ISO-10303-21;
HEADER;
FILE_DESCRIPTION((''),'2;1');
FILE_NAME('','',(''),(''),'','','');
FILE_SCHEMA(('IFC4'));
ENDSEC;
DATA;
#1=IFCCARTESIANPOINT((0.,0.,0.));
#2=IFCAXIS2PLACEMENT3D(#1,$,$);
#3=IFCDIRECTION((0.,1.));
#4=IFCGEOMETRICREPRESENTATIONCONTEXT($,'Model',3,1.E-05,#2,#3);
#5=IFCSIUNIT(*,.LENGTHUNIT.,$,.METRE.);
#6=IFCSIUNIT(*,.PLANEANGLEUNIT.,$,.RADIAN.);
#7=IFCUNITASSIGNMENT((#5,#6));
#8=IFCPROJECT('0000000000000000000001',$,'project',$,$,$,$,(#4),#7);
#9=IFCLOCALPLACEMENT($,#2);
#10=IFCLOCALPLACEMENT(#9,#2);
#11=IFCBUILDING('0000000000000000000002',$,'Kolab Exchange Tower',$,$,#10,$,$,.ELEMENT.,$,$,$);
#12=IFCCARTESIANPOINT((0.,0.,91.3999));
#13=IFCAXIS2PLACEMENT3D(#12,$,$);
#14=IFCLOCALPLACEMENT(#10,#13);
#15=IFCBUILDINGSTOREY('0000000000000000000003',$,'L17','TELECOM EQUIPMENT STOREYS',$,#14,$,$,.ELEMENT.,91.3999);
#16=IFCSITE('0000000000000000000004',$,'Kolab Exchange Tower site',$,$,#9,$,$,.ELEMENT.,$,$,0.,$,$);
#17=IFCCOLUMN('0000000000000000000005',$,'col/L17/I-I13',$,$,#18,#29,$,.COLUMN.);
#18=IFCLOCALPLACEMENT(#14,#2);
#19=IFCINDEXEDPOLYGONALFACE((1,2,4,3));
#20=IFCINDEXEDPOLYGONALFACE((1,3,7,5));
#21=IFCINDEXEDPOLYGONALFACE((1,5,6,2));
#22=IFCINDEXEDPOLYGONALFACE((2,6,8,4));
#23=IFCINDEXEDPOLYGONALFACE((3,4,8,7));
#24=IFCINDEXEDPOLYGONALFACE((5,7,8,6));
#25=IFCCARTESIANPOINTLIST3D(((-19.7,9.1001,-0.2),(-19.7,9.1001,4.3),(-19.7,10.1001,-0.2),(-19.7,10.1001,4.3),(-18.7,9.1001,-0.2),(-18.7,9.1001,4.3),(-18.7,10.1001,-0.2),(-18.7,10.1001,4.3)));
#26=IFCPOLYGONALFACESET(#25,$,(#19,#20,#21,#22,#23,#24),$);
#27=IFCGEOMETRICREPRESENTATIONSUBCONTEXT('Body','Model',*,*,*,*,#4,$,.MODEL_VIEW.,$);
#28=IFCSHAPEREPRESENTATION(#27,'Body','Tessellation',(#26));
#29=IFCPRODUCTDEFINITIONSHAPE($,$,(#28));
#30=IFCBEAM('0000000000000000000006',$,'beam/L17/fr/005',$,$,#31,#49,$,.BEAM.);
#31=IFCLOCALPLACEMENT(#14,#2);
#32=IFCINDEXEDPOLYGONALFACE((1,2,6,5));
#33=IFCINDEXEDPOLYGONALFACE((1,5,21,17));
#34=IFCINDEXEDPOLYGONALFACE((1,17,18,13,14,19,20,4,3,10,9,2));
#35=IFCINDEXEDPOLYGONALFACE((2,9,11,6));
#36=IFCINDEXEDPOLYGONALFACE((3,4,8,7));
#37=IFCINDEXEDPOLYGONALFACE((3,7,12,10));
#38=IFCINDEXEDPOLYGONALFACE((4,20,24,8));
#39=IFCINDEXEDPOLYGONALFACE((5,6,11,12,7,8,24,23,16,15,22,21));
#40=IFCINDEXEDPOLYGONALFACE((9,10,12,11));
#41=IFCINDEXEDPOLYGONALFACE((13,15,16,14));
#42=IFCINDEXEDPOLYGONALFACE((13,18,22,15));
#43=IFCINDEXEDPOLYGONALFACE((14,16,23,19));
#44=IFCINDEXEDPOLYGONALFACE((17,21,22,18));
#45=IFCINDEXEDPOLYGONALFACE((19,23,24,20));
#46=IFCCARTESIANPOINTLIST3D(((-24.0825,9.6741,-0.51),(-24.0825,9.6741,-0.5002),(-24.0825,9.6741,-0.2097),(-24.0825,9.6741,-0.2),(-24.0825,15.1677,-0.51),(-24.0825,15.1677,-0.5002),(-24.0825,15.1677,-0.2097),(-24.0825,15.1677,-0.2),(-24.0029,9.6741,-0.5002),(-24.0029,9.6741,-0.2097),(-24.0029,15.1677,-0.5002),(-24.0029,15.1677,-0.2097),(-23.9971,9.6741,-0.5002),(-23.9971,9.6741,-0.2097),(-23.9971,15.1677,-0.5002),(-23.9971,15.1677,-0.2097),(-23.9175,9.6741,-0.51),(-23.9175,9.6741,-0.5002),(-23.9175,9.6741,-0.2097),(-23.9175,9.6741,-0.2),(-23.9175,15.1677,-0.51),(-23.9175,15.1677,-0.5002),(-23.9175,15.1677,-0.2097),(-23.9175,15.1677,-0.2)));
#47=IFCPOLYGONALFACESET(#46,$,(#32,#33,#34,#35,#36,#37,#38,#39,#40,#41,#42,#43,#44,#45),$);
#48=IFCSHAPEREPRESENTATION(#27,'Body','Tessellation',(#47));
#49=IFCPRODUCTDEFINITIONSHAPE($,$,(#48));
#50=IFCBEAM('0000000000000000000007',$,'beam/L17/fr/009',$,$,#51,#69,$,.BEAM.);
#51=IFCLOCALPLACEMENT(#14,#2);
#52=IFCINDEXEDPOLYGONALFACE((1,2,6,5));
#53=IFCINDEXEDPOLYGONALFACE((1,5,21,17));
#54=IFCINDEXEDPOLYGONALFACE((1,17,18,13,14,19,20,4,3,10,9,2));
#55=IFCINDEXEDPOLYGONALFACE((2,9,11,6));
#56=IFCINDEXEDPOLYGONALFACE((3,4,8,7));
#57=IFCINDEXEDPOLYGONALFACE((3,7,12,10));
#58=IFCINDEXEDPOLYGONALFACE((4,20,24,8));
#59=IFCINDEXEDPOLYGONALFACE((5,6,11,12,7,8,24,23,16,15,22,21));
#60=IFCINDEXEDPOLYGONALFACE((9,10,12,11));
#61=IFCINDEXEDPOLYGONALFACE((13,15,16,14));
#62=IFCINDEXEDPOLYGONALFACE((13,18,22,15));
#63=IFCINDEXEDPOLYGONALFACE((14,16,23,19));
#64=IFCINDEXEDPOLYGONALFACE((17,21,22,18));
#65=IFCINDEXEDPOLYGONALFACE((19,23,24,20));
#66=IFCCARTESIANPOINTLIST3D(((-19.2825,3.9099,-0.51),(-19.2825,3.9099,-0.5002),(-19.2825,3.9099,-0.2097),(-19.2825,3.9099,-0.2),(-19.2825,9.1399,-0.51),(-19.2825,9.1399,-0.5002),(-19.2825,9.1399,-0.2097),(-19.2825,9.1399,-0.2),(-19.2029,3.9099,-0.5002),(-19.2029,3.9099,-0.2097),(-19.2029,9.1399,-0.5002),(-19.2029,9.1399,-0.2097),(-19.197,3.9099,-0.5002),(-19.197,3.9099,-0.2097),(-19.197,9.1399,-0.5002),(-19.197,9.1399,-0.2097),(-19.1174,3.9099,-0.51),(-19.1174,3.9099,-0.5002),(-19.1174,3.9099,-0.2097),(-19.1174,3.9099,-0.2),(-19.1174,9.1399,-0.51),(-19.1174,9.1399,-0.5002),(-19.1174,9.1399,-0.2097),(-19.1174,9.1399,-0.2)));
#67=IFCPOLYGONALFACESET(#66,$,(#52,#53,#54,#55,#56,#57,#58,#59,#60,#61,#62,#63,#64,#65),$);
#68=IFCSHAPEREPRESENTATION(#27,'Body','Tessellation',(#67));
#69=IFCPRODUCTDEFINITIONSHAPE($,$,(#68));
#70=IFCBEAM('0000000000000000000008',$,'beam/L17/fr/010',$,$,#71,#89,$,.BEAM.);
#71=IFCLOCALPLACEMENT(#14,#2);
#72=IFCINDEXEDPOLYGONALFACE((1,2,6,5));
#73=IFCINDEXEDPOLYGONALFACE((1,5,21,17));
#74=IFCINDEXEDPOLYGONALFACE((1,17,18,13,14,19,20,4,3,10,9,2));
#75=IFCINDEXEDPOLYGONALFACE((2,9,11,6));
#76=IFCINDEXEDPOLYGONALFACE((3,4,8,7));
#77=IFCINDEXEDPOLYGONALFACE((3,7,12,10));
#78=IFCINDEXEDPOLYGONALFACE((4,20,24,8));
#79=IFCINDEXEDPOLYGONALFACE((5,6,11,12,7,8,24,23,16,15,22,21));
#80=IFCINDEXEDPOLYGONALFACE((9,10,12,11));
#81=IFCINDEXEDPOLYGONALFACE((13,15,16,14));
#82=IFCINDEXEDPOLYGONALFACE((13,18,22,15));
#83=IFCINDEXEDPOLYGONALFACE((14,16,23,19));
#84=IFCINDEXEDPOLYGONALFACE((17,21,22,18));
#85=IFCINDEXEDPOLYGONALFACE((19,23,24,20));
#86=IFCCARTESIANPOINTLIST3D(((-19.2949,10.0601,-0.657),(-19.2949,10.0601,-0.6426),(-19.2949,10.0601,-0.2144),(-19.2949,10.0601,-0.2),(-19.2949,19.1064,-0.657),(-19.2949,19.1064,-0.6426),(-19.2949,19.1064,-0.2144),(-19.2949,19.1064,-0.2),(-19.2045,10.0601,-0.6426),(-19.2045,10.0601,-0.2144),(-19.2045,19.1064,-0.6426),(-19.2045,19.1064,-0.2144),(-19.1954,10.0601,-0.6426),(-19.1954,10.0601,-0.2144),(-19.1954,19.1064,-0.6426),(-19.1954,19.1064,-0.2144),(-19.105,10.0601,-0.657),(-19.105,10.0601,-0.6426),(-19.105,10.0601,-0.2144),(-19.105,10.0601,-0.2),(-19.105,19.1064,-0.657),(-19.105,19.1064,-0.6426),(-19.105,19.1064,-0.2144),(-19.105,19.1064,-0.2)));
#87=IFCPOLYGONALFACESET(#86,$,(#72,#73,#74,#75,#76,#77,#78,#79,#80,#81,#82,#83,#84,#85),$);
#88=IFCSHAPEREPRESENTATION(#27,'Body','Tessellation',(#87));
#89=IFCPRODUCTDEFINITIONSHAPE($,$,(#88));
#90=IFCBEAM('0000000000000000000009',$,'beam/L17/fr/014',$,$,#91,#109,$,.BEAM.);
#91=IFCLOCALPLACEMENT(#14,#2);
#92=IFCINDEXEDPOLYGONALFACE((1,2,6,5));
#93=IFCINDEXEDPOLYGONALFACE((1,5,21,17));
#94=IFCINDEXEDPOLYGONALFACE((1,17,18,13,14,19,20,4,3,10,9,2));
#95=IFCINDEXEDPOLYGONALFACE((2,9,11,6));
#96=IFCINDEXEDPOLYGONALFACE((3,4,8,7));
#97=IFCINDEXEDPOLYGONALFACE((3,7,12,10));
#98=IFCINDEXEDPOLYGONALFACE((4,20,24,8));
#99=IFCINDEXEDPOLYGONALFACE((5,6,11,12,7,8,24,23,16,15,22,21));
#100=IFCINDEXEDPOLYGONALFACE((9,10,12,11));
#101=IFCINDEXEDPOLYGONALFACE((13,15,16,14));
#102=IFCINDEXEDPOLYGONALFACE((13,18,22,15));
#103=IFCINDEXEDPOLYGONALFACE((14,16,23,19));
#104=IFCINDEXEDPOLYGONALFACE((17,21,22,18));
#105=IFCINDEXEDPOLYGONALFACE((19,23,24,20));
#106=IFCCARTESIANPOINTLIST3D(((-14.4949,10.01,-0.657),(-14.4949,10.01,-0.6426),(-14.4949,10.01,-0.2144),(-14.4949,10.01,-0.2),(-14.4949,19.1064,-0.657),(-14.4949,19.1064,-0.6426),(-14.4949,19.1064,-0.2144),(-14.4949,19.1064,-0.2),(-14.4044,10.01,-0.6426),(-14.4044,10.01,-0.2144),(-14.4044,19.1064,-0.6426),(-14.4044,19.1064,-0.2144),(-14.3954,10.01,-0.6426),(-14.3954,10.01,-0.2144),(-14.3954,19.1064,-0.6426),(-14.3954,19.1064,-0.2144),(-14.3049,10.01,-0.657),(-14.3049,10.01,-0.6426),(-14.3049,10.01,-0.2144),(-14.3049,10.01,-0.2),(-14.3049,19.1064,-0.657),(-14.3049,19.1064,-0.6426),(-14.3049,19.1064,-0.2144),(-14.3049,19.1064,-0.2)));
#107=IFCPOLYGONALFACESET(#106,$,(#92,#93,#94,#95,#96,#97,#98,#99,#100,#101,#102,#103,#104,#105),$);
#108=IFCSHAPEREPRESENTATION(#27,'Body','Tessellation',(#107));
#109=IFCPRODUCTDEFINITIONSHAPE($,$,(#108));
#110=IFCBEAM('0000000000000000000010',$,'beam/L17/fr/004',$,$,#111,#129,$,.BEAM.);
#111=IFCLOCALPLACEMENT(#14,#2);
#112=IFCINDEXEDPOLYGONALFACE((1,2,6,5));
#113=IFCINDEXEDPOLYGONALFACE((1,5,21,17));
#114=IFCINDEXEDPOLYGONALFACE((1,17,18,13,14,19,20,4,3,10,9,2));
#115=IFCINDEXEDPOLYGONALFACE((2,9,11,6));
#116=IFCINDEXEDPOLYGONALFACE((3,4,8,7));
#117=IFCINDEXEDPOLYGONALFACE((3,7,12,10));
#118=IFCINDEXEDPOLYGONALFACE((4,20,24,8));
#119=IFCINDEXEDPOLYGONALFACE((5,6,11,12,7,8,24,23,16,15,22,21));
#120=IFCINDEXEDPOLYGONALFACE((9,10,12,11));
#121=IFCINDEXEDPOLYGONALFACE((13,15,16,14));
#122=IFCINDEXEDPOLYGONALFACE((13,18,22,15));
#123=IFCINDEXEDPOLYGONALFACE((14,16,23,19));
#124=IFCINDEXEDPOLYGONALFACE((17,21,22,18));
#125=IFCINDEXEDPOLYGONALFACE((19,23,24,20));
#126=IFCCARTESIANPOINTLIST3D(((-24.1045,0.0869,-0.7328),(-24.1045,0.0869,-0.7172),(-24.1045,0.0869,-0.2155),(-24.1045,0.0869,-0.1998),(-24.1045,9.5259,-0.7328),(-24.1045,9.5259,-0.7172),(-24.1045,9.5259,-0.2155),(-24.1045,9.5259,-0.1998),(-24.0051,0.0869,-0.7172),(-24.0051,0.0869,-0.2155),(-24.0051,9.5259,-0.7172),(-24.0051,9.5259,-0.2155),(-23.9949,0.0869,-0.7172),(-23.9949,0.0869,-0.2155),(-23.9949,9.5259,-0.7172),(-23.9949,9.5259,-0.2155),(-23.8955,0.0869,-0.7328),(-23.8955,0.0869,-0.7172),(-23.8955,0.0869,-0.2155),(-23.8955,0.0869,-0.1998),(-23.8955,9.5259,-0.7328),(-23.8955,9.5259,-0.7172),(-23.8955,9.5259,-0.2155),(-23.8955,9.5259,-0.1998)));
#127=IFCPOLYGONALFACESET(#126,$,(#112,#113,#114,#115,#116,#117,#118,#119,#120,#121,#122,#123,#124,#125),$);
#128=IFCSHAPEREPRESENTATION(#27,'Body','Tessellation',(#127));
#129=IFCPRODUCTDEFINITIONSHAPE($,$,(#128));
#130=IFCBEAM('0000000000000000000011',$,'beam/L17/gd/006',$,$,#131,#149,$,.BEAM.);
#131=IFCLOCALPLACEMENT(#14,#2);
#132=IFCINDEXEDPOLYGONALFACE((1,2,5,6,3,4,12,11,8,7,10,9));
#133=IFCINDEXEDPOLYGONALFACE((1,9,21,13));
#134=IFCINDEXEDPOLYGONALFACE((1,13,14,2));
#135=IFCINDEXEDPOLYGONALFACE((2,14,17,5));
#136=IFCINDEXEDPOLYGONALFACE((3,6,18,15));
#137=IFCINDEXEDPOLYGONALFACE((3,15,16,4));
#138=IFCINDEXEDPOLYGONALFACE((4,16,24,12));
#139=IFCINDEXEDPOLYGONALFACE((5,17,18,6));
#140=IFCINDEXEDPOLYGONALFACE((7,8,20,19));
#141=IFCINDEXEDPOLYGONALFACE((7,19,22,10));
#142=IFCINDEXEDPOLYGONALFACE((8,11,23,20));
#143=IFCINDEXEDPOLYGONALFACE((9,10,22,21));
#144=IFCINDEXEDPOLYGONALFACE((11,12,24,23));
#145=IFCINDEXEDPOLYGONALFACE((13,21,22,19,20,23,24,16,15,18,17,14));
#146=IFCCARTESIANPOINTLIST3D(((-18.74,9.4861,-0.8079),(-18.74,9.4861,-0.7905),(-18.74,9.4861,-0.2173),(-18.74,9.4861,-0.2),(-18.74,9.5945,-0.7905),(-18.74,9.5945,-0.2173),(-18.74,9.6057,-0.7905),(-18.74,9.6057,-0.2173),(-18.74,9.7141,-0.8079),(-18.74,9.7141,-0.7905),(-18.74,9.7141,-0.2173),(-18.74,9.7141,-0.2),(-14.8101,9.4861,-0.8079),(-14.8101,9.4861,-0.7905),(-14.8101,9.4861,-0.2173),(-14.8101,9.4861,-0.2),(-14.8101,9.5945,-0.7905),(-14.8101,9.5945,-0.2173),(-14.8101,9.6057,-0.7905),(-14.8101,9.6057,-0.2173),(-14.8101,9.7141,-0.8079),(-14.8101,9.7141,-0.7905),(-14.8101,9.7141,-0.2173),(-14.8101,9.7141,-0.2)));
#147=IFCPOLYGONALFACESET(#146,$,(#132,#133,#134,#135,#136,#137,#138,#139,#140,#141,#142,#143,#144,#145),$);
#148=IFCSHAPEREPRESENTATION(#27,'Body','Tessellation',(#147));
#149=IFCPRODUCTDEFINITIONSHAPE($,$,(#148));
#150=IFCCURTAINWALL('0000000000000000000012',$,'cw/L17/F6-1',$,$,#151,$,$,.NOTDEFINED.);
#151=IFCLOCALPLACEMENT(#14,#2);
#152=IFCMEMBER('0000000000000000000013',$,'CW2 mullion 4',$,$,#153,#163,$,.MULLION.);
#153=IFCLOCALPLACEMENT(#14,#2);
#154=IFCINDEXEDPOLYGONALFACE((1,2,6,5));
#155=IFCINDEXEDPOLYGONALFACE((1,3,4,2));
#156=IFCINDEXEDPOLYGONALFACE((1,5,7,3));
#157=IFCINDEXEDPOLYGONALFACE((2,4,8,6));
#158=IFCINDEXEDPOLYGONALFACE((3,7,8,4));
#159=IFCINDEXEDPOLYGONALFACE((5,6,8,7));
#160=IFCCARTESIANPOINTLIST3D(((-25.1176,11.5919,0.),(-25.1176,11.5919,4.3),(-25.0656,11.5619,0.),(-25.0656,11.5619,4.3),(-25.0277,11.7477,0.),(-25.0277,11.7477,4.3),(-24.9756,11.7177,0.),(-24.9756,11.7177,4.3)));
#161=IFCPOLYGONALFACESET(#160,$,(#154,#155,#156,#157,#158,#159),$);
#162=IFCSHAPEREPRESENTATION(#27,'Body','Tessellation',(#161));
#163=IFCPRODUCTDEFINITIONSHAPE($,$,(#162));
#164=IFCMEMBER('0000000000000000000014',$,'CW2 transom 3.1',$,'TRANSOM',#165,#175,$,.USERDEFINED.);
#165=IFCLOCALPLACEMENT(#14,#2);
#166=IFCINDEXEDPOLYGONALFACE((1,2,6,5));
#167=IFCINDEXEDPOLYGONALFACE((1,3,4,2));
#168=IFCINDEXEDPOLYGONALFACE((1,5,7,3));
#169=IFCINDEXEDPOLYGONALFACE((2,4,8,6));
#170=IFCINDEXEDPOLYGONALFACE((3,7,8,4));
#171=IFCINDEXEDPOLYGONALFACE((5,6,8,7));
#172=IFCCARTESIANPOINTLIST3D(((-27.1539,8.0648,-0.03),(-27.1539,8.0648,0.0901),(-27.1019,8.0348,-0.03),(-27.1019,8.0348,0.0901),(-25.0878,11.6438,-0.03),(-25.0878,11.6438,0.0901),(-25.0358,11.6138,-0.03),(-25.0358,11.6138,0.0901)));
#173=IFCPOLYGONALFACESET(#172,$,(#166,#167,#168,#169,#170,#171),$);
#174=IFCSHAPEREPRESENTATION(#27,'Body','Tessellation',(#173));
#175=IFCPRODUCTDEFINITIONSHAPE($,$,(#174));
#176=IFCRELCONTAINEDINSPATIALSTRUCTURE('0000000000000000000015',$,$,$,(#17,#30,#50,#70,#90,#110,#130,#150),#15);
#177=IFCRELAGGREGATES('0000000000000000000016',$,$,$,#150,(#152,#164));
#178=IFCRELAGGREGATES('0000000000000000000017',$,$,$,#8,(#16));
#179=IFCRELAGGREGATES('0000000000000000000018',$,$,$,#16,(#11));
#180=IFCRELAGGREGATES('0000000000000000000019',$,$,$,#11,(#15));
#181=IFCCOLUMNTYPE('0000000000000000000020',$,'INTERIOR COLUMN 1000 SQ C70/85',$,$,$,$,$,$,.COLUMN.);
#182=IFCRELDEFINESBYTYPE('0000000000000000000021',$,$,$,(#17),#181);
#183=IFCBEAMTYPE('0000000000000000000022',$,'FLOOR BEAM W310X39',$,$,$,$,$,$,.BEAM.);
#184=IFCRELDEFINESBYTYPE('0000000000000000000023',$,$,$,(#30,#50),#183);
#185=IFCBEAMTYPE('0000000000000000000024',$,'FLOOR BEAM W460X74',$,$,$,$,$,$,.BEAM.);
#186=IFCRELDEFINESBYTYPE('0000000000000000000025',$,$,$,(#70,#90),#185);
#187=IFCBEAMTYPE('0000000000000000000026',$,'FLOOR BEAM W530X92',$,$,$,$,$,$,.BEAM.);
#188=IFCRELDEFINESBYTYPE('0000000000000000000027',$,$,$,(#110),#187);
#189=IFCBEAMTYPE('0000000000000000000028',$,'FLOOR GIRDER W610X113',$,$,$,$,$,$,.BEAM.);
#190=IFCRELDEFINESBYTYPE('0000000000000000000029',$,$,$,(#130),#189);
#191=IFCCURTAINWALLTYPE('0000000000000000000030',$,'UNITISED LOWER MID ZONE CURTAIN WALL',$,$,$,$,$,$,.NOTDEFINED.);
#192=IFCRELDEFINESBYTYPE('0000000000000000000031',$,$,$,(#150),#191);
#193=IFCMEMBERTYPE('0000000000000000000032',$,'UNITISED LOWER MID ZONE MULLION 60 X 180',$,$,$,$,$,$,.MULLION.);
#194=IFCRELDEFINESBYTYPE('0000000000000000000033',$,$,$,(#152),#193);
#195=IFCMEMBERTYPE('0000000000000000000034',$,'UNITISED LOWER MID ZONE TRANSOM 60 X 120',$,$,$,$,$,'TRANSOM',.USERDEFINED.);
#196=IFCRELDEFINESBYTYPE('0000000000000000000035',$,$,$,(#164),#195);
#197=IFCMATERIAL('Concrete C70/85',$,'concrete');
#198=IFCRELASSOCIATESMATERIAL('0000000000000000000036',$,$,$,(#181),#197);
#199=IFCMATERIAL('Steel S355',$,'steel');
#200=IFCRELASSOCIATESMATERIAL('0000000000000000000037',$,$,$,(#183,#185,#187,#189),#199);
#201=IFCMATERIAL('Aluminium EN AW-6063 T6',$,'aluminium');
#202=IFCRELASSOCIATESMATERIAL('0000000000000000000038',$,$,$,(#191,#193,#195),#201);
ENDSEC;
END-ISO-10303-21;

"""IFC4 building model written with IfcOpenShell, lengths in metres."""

from ifc_helpers import new_model, si_unit, direction, frame, origin, origin_2d, place, context, subcontext, project, spatial, rectangle, i_section, extrude, material, material_profile, profile_set, type_object, element, aggregate, save


model = new_model("IFC4")

# Units and contexts
model_context = context("Model", 3, precision=1e-05, world=origin(), true_north=direction((0.0, 1.0)))
body_context = subcontext(model_context, "Body", "Model", "MODEL_VIEW")
ifc_project = project(units=[si_unit("LENGTHUNIT", "METRE"), si_unit("PLANEANGLEUNIT", "RADIAN")], contexts=[model_context])

# Site, building, storey
site_placement = place(None, origin())
site = spatial("IfcSite", under=ifc_project, at=site_placement, Name="Kolab Exchange Tower site", CompositionType="ELEMENT", RefElevation=0.0)
building_placement = place(site_placement, origin())
building = spatial("IfcBuilding", under=site, at=building_placement, Name="Kolab Exchange Tower", CompositionType="ELEMENT")
storey_placement = place(building_placement, frame((0.0, 0.0, 91.3999)))
storey = spatial("IfcBuildingStorey", under=building, at=storey_placement, Name="L17", Description="TELECOM EQUIPMENT STOREYS", CompositionType="ELEMENT", Elevation=91.3999)

# Column
ifc_material_1 = material(Name="Concrete C70/85", Category="concrete")
ifc_material_profile_1 = material_profile(ifc_material_1, rectangle(XDim=1.0, YDim=1.0, at=origin_2d()), Name="RC1000")
ifc_profile_set_1 = profile_set([ifc_material_profile_1], Name="Concrete C70/85")
column_type = type_object("IfcColumnType", Name="INTERIOR COLUMN 1000 SQ C70/85", PredefinedType="COLUMN", material=ifc_profile_set_1)
column_placement = place(storey_placement, frame((-19.2, 9.6001, -0.2), z_axis=(0.0, 0.0, 1.0), x_axis=(1.0, 0.0, 0.0)))
element("IfcColumn", 1, at=column_placement, inside=storey, type_object=column_type, Name="col/L17/I-I13", PredefinedType="COLUMN", context=body_context, shape_type="SweptSolid", body=[
    extrude(rectangle(XDim=1.0, YDim=1.0, at=origin_2d()), origin(), (0.0, 0.0, 1.0), 4.5),
])

# Beams
ifc_material_2 = material(Name="Steel S355", Category="steel")
ifc_material_profile_2 = material_profile(ifc_material_2, i_section(OverallWidth=0.165, OverallDepth=0.3101, WebThickness=0.0059, FlangeThickness=0.0098, at=origin_2d()), Name="W310X39")
ifc_profile_set_2 = profile_set([ifc_material_profile_2], Name="Steel S355")
beam_type_1 = type_object("IfcBeamType", Name="FLOOR BEAM W310X39", PredefinedType="BEAM", material=ifc_profile_set_2)
beam_1_placement = place(storey_placement, frame((-24.0, 9.6741, -0.355), z_axis=(0.0, 1.0, 0.0), x_axis=(-1.0, 0.0, 0.0)))
element("IfcBeam", 2, at=beam_1_placement, inside=storey, type_object=beam_type_1, Name="beam/L17/fr/005", PredefinedType="BEAM", context=body_context, shape_type="SweptSolid", body=[
    extrude(i_section(OverallWidth=0.165, OverallDepth=0.3101, WebThickness=0.0059, FlangeThickness=0.0098, at=origin_2d()), origin(), (0.0, 0.0, 1.0), 5.4937),
])
beam_2_placement = place(storey_placement, frame((-19.2, 3.9099, -0.355), z_axis=(0.0, 1.0, 0.0), x_axis=(-1.0, 0.0, 0.0)))
element("IfcBeam", 3, at=beam_2_placement, inside=storey, type_object=beam_type_1, Name="beam/L17/fr/009", PredefinedType="BEAM", context=body_context, shape_type="SweptSolid", body=[
    extrude(i_section(OverallWidth=0.165, OverallDepth=0.3101, WebThickness=0.0059, FlangeThickness=0.0098, at=origin_2d()), origin(), (0.0, 0.0, 1.0), 5.23),
])
ifc_material_profile_3 = material_profile(ifc_material_2, i_section(OverallWidth=0.1899, OverallDepth=0.457, WebThickness=0.009, FlangeThickness=0.0144, at=origin_2d()), Name="W460X74")
ifc_profile_set_3 = profile_set([ifc_material_profile_3], Name="Steel S355")
beam_type_2 = type_object("IfcBeamType", Name="FLOOR BEAM W460X74", PredefinedType="BEAM", material=ifc_profile_set_3)
beam_3_placement = place(storey_placement, frame((-19.2, 10.0601, -0.4285), z_axis=(0.0, 1.0, 0.0), x_axis=(-1.0, 0.0, 0.0)))
element("IfcBeam", 4, at=beam_3_placement, inside=storey, type_object=beam_type_2, Name="beam/L17/fr/010", PredefinedType="BEAM", context=body_context, shape_type="SweptSolid", body=[
    extrude(i_section(OverallWidth=0.1899, OverallDepth=0.457, WebThickness=0.009, FlangeThickness=0.0144, at=origin_2d()), origin(), (0.0, 0.0, 1.0), 9.0464),
])
beam_4_placement = place(storey_placement, frame((-14.3999, 10.01, -0.4285), z_axis=(0.0, 1.0, 0.0), x_axis=(-1.0, 0.0, 0.0)))
element("IfcBeam", 5, at=beam_4_placement, inside=storey, type_object=beam_type_2, Name="beam/L17/fr/014", PredefinedType="BEAM", context=body_context, shape_type="SweptSolid", body=[
    extrude(i_section(OverallWidth=0.1899, OverallDepth=0.457, WebThickness=0.009, FlangeThickness=0.0144, at=origin_2d()), origin(), (0.0, 0.0, 1.0), 9.0964),
])
ifc_material_profile_4 = material_profile(ifc_material_2, i_section(OverallWidth=0.209, OverallDepth=0.533, WebThickness=0.0103, FlangeThickness=0.0156, at=origin_2d()), Name="W530X92")
ifc_profile_set_4 = profile_set([ifc_material_profile_4], Name="Steel S355")
beam_type_3 = type_object("IfcBeamType", Name="FLOOR BEAM W530X92", PredefinedType="BEAM", material=ifc_profile_set_4)
beam_5_placement = place(storey_placement, frame((-24.0, 0.0869, -0.4663), z_axis=(0.0, 1.0, 0.0), x_axis=(-1.0, 0.0, 0.0)))
element("IfcBeam", 6, at=beam_5_placement, inside=storey, type_object=beam_type_3, Name="beam/L17/fr/004", PredefinedType="BEAM", context=body_context, shape_type="SweptSolid", body=[
    extrude(i_section(OverallWidth=0.209, OverallDepth=0.533, WebThickness=0.0103, FlangeThickness=0.0156, at=origin_2d()), origin(), (0.0, 0.0, 1.0), 9.439),
])
ifc_material_profile_5 = material_profile(ifc_material_2, i_section(OverallWidth=0.228, OverallDepth=0.6079, WebThickness=0.0112, FlangeThickness=0.0173, at=origin_2d()), Name="W610X113")
ifc_profile_set_5 = profile_set([ifc_material_profile_5], Name="Steel S355")
beam_type_4 = type_object("IfcBeamType", Name="FLOOR GIRDER W610X113", PredefinedType="BEAM", material=ifc_profile_set_5)
beam_6_placement = place(storey_placement, frame((-18.74, 9.6001, -0.5039), z_axis=(1.0, 0.0, 0.0), x_axis=(0.0, 1.0, 0.0)))
element("IfcBeam", 7, at=beam_6_placement, inside=storey, type_object=beam_type_4, Name="beam/L17/gd/006", PredefinedType="BEAM", context=body_context, shape_type="SweptSolid", body=[
    extrude(i_section(OverallWidth=0.228, OverallDepth=0.6079, WebThickness=0.0112, FlangeThickness=0.0173, at=origin_2d()), origin(), (0.0, 0.0, 1.0), 3.9299),
])

# Curtain wall, members
ifc_material_3 = material(Name="Aluminium EN AW-6063 T6", Category="aluminium")
curtain_wall_type = type_object("IfcCurtainWallType", Name="UNITISED LOWER MID ZONE CURTAIN WALL", PredefinedType="NOTDEFINED", material=ifc_material_3)
curtain_wall_placement = place(storey_placement, origin())
curtain_wall = element("IfcCurtainWall", 8, at=curtain_wall_placement, inside=storey, type_object=curtain_wall_type, Name="cw/L17/F6-1", PredefinedType="NOTDEFINED")
ifc_material_profile_6 = material_profile(ifc_material_3, rectangle(XDim=0.0601, YDim=0.1799, at=origin_2d()), Name="RECT 60X180")
ifc_profile_set_6 = profile_set([ifc_material_profile_6], Name="Aluminium EN AW-6063 T6")
member_type_1 = type_object("IfcMemberType", Name="UNITISED LOWER MID ZONE MULLION 60 X 180", PredefinedType="MULLION", material=ifc_profile_set_6)
member_1_placement = place(storey_placement, frame((-25.0466, 11.6548, 0.0), z_axis=(0.0, 0.0, 1.0), x_axis=(-0.866025, 0.5, 0.0)))
member_1 = element("IfcMember", 9, at=member_1_placement, type_object=member_type_1, Name="CW2 mullion 4", PredefinedType="MULLION", context=body_context, shape_type="SweptSolid", body=[
    extrude(rectangle(XDim=0.0601, YDim=0.1799, at=origin_2d()), origin(), (0.0, 0.0, 1.0), 4.3),
])
ifc_material_profile_7 = material_profile(ifc_material_3, rectangle(XDim=0.0601, YDim=0.1201, at=origin_2d()), Name="RECT 60X120")
ifc_profile_set_7 = profile_set([ifc_material_profile_7], Name="Aluminium EN AW-6063 T6")
member_type_2 = type_object("IfcMemberType", Name="UNITISED LOWER MID ZONE TRANSOM 60 X 120", ElementType="TRANSOM", PredefinedType="USERDEFINED", material=ifc_profile_set_7)
member_2_placement = place(storey_placement, frame((-27.1279, 8.0498, 0.03), z_axis=(0.499958, 0.86605, 0.0), x_axis=(-0.86605, 0.499958, 0.0)))
member_2 = element("IfcMember", 10, at=member_2_placement, type_object=member_type_2, Name="CW2 transom 3.1", ObjectType="TRANSOM", PredefinedType="USERDEFINED", context=body_context, shape_type="SweptSolid", body=[
    extrude(rectangle(XDim=0.0601, YDim=0.1201, at=origin_2d()), origin(), (0.0, 0.0, 1.0), 4.1326),
])
aggregate(curtain_wall, [member_1, member_2])

save(model, "model.ifc")
